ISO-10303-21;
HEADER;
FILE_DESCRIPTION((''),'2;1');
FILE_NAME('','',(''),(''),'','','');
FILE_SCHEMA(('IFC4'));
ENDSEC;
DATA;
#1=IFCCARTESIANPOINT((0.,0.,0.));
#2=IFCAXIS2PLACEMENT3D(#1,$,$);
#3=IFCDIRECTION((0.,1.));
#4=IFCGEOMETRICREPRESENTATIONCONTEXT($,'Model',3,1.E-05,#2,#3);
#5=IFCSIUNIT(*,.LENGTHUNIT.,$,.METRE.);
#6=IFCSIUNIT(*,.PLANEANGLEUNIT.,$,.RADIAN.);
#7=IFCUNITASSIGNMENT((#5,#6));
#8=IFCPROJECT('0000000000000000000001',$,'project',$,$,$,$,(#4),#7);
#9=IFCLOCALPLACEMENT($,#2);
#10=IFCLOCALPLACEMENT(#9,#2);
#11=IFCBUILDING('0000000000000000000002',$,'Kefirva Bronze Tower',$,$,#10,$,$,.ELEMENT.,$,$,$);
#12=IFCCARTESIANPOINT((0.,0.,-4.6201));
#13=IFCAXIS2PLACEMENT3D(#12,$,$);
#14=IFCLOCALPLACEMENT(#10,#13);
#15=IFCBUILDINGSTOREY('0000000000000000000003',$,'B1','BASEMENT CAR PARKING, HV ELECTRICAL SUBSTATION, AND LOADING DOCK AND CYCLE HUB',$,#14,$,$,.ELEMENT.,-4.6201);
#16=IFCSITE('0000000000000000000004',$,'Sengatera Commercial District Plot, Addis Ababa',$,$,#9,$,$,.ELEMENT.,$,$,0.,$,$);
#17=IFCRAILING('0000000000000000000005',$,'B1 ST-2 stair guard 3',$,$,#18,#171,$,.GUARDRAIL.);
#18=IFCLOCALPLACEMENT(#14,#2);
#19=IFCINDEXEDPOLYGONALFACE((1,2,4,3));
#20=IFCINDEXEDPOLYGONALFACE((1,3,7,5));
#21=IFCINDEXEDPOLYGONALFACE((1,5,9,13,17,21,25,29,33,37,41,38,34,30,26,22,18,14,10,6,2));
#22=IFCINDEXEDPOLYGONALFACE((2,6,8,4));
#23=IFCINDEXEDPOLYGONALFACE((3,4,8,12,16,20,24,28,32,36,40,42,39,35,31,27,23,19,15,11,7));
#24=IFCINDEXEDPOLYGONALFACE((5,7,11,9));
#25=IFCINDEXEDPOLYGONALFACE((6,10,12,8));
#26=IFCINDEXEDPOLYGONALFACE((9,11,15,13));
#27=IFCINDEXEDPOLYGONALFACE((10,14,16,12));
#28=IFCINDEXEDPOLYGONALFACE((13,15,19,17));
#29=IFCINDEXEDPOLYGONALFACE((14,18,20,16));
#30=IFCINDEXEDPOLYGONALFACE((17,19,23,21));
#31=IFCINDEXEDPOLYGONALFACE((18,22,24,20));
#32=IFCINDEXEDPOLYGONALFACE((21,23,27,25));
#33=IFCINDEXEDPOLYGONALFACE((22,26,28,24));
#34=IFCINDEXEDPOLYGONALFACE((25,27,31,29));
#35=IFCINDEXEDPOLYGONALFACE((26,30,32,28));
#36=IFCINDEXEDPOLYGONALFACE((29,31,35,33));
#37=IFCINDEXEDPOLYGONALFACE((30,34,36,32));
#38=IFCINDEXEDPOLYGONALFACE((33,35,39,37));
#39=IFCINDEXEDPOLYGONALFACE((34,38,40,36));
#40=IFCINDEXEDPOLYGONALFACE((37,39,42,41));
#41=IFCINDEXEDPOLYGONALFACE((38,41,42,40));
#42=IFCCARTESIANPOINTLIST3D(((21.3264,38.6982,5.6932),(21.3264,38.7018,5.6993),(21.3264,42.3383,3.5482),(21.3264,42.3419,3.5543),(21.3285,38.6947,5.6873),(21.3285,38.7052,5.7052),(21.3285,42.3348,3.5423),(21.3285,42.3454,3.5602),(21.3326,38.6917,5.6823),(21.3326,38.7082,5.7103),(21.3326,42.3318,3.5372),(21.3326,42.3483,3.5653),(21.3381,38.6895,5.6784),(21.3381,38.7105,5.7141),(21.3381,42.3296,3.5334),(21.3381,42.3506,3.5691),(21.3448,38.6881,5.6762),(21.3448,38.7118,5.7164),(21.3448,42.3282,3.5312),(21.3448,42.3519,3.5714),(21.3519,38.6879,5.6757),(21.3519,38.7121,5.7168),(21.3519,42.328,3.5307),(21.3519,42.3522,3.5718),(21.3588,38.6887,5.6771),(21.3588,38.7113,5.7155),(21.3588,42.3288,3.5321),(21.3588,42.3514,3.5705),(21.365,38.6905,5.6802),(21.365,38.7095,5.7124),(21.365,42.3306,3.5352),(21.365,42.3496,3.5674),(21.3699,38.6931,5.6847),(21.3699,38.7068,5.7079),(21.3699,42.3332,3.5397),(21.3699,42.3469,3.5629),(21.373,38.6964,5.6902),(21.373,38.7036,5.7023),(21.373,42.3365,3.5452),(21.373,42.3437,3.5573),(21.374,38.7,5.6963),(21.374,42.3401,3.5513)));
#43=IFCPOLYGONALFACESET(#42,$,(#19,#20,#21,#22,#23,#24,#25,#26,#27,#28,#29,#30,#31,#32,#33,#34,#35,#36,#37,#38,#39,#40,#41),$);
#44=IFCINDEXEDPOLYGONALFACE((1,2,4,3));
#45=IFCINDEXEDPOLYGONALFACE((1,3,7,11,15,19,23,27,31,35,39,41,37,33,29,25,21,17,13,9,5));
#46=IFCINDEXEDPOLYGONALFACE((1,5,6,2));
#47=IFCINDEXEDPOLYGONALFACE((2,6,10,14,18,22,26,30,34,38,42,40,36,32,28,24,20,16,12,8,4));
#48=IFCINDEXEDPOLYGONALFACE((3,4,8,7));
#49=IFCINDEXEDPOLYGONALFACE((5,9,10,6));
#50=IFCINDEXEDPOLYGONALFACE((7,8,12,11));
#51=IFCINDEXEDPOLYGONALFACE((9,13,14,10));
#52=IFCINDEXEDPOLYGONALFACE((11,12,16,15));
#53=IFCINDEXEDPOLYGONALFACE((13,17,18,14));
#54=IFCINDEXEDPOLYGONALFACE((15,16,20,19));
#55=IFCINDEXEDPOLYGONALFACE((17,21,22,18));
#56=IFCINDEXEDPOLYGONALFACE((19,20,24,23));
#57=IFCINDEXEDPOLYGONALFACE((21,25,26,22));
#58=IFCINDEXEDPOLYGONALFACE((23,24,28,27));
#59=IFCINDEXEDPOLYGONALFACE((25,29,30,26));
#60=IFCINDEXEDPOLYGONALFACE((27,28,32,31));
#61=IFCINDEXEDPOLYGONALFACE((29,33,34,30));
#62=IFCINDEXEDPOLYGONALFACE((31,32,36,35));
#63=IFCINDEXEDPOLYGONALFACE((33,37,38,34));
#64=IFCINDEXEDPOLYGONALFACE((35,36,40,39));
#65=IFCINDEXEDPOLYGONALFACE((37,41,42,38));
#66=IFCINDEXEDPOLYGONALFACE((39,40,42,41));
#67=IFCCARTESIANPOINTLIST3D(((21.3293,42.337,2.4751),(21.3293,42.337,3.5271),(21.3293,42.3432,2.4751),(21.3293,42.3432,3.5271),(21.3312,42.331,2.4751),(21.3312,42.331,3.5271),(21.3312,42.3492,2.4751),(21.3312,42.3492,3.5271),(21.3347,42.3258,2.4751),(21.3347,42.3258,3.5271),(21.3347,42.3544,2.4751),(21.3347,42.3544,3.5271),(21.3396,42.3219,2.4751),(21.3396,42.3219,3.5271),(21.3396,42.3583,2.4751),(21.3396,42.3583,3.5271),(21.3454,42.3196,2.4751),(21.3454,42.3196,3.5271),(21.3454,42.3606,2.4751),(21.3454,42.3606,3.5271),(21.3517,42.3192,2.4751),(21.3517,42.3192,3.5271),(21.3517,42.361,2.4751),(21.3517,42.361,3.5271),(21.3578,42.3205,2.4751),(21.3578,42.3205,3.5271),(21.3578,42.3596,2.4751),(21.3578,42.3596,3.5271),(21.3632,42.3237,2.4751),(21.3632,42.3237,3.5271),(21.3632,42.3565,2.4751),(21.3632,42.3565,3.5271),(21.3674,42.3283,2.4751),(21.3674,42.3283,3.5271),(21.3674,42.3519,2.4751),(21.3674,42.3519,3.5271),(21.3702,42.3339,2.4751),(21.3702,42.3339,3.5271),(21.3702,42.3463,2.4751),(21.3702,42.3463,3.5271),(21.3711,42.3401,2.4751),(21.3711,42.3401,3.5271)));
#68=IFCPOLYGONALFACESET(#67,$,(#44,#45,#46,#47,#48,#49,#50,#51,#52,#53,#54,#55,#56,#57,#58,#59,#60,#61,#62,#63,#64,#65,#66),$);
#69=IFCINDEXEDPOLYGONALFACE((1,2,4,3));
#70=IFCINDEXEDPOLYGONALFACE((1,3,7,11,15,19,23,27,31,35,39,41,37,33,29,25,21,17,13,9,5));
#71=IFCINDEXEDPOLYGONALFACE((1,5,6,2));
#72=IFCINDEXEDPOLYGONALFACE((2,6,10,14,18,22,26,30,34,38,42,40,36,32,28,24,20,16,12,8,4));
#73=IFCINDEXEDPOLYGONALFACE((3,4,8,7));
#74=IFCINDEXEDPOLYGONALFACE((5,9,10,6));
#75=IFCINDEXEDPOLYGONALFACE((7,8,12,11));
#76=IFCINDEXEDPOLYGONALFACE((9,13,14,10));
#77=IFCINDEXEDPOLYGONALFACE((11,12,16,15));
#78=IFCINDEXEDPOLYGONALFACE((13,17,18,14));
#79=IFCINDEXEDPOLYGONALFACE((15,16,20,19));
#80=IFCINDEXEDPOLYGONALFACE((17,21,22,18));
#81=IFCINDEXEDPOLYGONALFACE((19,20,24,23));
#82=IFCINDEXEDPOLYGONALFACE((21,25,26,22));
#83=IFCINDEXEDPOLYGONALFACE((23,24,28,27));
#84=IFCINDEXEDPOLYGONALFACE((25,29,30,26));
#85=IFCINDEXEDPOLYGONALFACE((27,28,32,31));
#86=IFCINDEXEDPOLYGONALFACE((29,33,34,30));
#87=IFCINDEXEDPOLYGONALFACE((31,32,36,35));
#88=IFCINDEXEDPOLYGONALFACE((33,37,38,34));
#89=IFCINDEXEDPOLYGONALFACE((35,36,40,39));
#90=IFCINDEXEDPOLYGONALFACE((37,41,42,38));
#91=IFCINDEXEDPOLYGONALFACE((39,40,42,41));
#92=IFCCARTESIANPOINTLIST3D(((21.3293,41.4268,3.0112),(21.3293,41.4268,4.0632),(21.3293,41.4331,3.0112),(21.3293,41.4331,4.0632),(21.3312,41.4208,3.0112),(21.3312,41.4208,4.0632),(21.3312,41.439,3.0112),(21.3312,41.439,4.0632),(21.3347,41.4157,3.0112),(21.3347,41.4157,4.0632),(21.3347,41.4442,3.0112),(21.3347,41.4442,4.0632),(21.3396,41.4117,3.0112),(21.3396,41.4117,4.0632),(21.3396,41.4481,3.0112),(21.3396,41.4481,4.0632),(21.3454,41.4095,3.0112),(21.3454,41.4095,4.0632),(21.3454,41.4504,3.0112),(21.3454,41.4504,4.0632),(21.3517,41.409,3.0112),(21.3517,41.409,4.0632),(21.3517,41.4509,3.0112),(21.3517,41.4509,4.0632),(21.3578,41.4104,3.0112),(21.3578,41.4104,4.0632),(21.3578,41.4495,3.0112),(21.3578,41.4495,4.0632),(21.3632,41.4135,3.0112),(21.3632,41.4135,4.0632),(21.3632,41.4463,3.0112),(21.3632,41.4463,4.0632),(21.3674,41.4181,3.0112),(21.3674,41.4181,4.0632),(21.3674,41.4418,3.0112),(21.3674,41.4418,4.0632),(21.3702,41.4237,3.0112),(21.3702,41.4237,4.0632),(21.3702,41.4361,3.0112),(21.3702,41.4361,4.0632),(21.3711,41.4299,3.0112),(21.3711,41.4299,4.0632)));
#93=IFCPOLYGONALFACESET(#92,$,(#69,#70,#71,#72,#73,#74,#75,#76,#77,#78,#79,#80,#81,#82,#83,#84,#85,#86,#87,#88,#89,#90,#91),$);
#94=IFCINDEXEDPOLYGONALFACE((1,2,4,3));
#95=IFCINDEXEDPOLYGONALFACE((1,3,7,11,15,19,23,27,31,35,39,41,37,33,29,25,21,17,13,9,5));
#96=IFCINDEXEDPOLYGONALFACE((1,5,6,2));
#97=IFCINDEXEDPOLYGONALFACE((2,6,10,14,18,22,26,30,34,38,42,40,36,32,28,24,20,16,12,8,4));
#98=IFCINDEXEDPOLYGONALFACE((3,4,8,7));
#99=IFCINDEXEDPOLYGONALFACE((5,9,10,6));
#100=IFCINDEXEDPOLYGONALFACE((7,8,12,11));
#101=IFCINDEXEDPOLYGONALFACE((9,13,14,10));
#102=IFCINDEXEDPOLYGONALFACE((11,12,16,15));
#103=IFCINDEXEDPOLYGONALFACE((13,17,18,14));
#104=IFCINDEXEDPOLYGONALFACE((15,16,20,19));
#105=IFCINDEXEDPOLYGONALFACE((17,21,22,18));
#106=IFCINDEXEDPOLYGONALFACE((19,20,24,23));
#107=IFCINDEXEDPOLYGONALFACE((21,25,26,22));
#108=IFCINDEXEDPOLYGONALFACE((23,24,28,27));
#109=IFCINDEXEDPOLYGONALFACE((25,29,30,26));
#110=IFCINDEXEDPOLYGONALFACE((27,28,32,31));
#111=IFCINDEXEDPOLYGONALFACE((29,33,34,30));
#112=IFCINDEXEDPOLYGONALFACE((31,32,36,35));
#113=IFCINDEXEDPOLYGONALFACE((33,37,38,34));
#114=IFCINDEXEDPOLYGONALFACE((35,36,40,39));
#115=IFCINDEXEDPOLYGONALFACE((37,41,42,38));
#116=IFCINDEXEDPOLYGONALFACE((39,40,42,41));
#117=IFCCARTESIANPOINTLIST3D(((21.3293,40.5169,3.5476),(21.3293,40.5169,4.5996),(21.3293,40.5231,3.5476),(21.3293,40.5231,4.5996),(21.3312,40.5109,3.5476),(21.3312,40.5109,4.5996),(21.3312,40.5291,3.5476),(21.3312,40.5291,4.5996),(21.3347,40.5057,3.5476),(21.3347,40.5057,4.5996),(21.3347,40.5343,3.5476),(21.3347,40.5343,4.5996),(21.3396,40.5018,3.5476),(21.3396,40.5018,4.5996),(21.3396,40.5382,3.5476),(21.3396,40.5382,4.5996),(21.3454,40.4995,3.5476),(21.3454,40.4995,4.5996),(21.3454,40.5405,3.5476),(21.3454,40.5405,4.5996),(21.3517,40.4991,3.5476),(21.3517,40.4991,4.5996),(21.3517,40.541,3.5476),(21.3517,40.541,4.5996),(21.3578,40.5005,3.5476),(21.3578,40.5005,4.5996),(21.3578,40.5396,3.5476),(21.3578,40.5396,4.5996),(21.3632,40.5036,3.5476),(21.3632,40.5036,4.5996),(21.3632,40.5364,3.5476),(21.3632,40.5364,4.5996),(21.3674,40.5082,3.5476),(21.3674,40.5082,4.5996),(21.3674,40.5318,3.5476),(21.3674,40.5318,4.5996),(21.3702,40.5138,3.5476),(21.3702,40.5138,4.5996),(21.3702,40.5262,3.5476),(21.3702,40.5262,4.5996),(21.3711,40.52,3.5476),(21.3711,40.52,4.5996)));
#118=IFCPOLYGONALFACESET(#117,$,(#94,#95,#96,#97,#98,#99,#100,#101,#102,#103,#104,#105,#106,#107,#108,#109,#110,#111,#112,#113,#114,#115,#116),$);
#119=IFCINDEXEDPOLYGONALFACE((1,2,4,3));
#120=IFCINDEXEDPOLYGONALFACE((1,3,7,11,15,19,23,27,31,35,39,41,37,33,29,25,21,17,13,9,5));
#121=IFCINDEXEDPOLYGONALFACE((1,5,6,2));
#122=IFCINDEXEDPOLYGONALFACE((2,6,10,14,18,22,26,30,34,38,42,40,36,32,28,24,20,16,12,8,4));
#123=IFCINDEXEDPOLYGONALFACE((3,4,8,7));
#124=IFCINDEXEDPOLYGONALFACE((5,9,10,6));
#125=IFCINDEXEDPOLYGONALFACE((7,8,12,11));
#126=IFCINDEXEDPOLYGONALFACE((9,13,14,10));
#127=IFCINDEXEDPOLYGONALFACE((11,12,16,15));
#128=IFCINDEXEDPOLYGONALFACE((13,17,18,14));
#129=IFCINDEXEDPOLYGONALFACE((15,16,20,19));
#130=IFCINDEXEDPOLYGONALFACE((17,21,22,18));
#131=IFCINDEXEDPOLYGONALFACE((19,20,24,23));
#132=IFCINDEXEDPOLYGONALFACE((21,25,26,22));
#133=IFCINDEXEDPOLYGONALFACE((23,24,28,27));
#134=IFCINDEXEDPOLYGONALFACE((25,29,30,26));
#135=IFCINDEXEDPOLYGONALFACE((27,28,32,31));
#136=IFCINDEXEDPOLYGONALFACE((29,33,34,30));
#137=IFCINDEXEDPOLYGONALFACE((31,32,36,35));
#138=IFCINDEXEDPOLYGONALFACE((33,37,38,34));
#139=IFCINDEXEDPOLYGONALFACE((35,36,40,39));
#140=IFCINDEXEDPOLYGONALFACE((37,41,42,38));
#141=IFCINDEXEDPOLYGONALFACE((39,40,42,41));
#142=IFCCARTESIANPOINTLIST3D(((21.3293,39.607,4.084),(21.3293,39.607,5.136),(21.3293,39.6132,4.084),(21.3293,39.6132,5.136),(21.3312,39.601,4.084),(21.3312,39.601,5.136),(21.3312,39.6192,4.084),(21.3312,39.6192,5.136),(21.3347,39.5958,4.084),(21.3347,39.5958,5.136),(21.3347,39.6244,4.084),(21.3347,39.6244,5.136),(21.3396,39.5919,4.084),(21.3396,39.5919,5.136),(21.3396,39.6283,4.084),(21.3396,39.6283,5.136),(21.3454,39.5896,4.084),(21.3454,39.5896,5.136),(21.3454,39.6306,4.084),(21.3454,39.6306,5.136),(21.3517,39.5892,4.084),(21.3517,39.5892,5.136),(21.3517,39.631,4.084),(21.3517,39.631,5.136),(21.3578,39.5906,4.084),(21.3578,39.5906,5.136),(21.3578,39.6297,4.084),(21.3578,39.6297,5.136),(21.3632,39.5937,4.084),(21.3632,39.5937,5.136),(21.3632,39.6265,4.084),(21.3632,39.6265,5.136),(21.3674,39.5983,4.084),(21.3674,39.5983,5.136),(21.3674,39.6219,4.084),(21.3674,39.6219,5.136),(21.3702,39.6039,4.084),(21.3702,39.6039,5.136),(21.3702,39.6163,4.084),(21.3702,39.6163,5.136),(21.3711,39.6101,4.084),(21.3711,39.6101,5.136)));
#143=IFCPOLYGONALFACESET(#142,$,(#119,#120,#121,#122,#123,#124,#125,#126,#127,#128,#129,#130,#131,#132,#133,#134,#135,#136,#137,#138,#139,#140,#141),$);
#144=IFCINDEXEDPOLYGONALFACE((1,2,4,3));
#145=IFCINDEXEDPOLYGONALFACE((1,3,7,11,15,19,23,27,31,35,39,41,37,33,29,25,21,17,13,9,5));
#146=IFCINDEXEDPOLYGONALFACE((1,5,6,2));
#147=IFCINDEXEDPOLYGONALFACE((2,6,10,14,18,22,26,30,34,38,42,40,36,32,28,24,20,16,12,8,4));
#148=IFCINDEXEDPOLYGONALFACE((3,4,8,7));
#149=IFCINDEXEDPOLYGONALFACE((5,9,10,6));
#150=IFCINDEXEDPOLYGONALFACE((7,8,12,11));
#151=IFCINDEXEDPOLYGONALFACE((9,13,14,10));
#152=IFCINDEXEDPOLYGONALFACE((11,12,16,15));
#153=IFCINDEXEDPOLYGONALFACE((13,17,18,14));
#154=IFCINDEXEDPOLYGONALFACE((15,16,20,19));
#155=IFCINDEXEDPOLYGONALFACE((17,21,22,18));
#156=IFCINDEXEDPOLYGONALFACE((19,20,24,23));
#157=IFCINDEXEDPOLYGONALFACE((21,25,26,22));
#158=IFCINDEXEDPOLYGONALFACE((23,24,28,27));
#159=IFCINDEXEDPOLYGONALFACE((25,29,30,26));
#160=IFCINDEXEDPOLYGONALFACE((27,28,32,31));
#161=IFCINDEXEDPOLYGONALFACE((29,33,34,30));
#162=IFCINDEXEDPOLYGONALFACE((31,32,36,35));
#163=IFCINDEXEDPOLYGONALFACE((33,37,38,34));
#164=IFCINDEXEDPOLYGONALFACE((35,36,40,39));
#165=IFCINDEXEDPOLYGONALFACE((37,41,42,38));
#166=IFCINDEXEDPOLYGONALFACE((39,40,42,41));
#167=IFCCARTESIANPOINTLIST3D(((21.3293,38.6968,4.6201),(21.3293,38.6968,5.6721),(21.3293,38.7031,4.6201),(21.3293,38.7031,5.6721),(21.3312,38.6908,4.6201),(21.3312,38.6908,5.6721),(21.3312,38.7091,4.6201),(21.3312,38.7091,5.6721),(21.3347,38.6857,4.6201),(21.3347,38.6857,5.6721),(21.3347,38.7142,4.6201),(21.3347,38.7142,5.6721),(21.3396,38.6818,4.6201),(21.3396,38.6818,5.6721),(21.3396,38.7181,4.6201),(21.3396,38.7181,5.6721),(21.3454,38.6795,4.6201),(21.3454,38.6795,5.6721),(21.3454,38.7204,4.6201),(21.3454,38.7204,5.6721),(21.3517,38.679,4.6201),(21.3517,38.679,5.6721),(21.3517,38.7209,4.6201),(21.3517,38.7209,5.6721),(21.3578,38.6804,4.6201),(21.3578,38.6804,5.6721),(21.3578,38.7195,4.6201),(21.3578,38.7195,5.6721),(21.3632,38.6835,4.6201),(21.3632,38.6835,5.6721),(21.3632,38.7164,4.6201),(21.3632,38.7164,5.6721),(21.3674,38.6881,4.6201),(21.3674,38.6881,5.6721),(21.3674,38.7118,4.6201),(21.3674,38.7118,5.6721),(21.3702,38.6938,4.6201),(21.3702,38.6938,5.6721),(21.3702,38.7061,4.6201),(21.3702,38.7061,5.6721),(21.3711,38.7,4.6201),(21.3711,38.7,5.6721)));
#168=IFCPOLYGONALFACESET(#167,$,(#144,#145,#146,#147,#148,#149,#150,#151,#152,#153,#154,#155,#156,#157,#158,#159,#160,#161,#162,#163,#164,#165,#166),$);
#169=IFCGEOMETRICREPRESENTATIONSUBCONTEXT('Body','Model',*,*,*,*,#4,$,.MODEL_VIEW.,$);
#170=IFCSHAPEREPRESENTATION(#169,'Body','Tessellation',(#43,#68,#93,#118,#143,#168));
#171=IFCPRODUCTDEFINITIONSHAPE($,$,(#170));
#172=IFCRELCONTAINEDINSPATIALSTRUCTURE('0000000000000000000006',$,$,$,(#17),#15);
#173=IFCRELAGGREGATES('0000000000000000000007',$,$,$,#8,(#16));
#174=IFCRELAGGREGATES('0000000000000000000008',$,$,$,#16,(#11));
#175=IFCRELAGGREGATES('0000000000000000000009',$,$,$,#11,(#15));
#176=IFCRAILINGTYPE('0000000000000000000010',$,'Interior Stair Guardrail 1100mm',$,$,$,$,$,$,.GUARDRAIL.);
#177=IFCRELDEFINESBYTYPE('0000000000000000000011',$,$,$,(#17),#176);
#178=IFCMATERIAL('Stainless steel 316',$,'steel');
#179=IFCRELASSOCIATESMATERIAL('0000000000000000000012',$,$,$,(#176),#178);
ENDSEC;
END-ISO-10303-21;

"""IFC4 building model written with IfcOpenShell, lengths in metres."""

from ifc_helpers import new_model, si_unit, direction, frame, origin, origin_2d, place, context, subcontext, project, spatial, circle, extrude, material, type_object, element, save


model = new_model("IFC4")

# Units and contexts
model_context = context("Model", 3, precision=1e-05, world=origin(), true_north=direction((0.0, 1.0)))
body_context = subcontext(model_context, "Body", "Model", "MODEL_VIEW")
ifc_project = project(units=[si_unit("LENGTHUNIT", "METRE"), si_unit("PLANEANGLEUNIT", "RADIAN")], contexts=[model_context])

# Site, building, storey
site_placement = place(None, origin())
site = spatial("IfcSite", under=ifc_project, at=site_placement, Name="Sengatera Commercial District Plot, Addis Ababa", CompositionType="ELEMENT", RefElevation=0.0)
building_placement = place(site_placement, origin())
building = spatial("IfcBuilding", under=site, at=building_placement, Name="Kefirva Bronze Tower", CompositionType="ELEMENT")
storey_placement = place(building_placement, frame((0.0, 0.0, -4.6201)))
storey = spatial("IfcBuildingStorey", under=building, at=storey_placement, Name="B1", Description="BASEMENT CAR PARKING, HV ELECTRICAL SUBSTATION, AND LOADING DOCK AND CYCLE HUB", CompositionType="ELEMENT", Elevation=-4.6201)

# Railing
ifc_material_1 = material(Name="Stainless steel 316", Category="steel")
railing_type_1 = type_object("IfcRailingType", Name="Interior Stair Guardrail 1100mm", PredefinedType="GUARDRAIL", material=ifc_material_1)
railing_1_placement = place(storey_placement, frame((21.3501, 42.3401, 2.4751)))
element("IfcRailing", 1, at=railing_1_placement, inside=storey, type_object=railing_type_1, Name="B1 ST-2 stair guard 3", PredefinedType="GUARDRAIL", context=body_context, shape_type="SweptSolid", body=[
    extrude(circle(Radius=0.0239, at=origin_2d()), frame((0.0, 0.0, 1.0762), z_axis=(0.0, -0.861545, 0.507682), x_axis=(1.0, 0.0, 0.0)), (0.0, 0.0, 1.0), 4.2251),
    extrude(circle(Radius=0.021, at=origin_2d()), origin(), (0.0, 0.0, 1.0), 1.052),
    extrude(circle(Radius=0.021, at=origin_2d()), frame((0.0, -0.9102, 0.5361)), (0.0, 0.0, 1.0), 1.052),
    extrude(circle(Radius=0.021, at=origin_2d()), frame((0.0, -1.8201, 1.0725)), (0.0, 0.0, 1.0), 1.052),
    extrude(circle(Radius=0.021, at=origin_2d()), frame((0.0, -2.73, 1.6089)), (0.0, 0.0, 1.0), 1.052),
    extrude(circle(Radius=0.021, at=origin_2d()), frame((0.0, -3.6401, 2.145)), (0.0, 0.0, 1.0), 1.052),
])

save(model, "model.ifc")
